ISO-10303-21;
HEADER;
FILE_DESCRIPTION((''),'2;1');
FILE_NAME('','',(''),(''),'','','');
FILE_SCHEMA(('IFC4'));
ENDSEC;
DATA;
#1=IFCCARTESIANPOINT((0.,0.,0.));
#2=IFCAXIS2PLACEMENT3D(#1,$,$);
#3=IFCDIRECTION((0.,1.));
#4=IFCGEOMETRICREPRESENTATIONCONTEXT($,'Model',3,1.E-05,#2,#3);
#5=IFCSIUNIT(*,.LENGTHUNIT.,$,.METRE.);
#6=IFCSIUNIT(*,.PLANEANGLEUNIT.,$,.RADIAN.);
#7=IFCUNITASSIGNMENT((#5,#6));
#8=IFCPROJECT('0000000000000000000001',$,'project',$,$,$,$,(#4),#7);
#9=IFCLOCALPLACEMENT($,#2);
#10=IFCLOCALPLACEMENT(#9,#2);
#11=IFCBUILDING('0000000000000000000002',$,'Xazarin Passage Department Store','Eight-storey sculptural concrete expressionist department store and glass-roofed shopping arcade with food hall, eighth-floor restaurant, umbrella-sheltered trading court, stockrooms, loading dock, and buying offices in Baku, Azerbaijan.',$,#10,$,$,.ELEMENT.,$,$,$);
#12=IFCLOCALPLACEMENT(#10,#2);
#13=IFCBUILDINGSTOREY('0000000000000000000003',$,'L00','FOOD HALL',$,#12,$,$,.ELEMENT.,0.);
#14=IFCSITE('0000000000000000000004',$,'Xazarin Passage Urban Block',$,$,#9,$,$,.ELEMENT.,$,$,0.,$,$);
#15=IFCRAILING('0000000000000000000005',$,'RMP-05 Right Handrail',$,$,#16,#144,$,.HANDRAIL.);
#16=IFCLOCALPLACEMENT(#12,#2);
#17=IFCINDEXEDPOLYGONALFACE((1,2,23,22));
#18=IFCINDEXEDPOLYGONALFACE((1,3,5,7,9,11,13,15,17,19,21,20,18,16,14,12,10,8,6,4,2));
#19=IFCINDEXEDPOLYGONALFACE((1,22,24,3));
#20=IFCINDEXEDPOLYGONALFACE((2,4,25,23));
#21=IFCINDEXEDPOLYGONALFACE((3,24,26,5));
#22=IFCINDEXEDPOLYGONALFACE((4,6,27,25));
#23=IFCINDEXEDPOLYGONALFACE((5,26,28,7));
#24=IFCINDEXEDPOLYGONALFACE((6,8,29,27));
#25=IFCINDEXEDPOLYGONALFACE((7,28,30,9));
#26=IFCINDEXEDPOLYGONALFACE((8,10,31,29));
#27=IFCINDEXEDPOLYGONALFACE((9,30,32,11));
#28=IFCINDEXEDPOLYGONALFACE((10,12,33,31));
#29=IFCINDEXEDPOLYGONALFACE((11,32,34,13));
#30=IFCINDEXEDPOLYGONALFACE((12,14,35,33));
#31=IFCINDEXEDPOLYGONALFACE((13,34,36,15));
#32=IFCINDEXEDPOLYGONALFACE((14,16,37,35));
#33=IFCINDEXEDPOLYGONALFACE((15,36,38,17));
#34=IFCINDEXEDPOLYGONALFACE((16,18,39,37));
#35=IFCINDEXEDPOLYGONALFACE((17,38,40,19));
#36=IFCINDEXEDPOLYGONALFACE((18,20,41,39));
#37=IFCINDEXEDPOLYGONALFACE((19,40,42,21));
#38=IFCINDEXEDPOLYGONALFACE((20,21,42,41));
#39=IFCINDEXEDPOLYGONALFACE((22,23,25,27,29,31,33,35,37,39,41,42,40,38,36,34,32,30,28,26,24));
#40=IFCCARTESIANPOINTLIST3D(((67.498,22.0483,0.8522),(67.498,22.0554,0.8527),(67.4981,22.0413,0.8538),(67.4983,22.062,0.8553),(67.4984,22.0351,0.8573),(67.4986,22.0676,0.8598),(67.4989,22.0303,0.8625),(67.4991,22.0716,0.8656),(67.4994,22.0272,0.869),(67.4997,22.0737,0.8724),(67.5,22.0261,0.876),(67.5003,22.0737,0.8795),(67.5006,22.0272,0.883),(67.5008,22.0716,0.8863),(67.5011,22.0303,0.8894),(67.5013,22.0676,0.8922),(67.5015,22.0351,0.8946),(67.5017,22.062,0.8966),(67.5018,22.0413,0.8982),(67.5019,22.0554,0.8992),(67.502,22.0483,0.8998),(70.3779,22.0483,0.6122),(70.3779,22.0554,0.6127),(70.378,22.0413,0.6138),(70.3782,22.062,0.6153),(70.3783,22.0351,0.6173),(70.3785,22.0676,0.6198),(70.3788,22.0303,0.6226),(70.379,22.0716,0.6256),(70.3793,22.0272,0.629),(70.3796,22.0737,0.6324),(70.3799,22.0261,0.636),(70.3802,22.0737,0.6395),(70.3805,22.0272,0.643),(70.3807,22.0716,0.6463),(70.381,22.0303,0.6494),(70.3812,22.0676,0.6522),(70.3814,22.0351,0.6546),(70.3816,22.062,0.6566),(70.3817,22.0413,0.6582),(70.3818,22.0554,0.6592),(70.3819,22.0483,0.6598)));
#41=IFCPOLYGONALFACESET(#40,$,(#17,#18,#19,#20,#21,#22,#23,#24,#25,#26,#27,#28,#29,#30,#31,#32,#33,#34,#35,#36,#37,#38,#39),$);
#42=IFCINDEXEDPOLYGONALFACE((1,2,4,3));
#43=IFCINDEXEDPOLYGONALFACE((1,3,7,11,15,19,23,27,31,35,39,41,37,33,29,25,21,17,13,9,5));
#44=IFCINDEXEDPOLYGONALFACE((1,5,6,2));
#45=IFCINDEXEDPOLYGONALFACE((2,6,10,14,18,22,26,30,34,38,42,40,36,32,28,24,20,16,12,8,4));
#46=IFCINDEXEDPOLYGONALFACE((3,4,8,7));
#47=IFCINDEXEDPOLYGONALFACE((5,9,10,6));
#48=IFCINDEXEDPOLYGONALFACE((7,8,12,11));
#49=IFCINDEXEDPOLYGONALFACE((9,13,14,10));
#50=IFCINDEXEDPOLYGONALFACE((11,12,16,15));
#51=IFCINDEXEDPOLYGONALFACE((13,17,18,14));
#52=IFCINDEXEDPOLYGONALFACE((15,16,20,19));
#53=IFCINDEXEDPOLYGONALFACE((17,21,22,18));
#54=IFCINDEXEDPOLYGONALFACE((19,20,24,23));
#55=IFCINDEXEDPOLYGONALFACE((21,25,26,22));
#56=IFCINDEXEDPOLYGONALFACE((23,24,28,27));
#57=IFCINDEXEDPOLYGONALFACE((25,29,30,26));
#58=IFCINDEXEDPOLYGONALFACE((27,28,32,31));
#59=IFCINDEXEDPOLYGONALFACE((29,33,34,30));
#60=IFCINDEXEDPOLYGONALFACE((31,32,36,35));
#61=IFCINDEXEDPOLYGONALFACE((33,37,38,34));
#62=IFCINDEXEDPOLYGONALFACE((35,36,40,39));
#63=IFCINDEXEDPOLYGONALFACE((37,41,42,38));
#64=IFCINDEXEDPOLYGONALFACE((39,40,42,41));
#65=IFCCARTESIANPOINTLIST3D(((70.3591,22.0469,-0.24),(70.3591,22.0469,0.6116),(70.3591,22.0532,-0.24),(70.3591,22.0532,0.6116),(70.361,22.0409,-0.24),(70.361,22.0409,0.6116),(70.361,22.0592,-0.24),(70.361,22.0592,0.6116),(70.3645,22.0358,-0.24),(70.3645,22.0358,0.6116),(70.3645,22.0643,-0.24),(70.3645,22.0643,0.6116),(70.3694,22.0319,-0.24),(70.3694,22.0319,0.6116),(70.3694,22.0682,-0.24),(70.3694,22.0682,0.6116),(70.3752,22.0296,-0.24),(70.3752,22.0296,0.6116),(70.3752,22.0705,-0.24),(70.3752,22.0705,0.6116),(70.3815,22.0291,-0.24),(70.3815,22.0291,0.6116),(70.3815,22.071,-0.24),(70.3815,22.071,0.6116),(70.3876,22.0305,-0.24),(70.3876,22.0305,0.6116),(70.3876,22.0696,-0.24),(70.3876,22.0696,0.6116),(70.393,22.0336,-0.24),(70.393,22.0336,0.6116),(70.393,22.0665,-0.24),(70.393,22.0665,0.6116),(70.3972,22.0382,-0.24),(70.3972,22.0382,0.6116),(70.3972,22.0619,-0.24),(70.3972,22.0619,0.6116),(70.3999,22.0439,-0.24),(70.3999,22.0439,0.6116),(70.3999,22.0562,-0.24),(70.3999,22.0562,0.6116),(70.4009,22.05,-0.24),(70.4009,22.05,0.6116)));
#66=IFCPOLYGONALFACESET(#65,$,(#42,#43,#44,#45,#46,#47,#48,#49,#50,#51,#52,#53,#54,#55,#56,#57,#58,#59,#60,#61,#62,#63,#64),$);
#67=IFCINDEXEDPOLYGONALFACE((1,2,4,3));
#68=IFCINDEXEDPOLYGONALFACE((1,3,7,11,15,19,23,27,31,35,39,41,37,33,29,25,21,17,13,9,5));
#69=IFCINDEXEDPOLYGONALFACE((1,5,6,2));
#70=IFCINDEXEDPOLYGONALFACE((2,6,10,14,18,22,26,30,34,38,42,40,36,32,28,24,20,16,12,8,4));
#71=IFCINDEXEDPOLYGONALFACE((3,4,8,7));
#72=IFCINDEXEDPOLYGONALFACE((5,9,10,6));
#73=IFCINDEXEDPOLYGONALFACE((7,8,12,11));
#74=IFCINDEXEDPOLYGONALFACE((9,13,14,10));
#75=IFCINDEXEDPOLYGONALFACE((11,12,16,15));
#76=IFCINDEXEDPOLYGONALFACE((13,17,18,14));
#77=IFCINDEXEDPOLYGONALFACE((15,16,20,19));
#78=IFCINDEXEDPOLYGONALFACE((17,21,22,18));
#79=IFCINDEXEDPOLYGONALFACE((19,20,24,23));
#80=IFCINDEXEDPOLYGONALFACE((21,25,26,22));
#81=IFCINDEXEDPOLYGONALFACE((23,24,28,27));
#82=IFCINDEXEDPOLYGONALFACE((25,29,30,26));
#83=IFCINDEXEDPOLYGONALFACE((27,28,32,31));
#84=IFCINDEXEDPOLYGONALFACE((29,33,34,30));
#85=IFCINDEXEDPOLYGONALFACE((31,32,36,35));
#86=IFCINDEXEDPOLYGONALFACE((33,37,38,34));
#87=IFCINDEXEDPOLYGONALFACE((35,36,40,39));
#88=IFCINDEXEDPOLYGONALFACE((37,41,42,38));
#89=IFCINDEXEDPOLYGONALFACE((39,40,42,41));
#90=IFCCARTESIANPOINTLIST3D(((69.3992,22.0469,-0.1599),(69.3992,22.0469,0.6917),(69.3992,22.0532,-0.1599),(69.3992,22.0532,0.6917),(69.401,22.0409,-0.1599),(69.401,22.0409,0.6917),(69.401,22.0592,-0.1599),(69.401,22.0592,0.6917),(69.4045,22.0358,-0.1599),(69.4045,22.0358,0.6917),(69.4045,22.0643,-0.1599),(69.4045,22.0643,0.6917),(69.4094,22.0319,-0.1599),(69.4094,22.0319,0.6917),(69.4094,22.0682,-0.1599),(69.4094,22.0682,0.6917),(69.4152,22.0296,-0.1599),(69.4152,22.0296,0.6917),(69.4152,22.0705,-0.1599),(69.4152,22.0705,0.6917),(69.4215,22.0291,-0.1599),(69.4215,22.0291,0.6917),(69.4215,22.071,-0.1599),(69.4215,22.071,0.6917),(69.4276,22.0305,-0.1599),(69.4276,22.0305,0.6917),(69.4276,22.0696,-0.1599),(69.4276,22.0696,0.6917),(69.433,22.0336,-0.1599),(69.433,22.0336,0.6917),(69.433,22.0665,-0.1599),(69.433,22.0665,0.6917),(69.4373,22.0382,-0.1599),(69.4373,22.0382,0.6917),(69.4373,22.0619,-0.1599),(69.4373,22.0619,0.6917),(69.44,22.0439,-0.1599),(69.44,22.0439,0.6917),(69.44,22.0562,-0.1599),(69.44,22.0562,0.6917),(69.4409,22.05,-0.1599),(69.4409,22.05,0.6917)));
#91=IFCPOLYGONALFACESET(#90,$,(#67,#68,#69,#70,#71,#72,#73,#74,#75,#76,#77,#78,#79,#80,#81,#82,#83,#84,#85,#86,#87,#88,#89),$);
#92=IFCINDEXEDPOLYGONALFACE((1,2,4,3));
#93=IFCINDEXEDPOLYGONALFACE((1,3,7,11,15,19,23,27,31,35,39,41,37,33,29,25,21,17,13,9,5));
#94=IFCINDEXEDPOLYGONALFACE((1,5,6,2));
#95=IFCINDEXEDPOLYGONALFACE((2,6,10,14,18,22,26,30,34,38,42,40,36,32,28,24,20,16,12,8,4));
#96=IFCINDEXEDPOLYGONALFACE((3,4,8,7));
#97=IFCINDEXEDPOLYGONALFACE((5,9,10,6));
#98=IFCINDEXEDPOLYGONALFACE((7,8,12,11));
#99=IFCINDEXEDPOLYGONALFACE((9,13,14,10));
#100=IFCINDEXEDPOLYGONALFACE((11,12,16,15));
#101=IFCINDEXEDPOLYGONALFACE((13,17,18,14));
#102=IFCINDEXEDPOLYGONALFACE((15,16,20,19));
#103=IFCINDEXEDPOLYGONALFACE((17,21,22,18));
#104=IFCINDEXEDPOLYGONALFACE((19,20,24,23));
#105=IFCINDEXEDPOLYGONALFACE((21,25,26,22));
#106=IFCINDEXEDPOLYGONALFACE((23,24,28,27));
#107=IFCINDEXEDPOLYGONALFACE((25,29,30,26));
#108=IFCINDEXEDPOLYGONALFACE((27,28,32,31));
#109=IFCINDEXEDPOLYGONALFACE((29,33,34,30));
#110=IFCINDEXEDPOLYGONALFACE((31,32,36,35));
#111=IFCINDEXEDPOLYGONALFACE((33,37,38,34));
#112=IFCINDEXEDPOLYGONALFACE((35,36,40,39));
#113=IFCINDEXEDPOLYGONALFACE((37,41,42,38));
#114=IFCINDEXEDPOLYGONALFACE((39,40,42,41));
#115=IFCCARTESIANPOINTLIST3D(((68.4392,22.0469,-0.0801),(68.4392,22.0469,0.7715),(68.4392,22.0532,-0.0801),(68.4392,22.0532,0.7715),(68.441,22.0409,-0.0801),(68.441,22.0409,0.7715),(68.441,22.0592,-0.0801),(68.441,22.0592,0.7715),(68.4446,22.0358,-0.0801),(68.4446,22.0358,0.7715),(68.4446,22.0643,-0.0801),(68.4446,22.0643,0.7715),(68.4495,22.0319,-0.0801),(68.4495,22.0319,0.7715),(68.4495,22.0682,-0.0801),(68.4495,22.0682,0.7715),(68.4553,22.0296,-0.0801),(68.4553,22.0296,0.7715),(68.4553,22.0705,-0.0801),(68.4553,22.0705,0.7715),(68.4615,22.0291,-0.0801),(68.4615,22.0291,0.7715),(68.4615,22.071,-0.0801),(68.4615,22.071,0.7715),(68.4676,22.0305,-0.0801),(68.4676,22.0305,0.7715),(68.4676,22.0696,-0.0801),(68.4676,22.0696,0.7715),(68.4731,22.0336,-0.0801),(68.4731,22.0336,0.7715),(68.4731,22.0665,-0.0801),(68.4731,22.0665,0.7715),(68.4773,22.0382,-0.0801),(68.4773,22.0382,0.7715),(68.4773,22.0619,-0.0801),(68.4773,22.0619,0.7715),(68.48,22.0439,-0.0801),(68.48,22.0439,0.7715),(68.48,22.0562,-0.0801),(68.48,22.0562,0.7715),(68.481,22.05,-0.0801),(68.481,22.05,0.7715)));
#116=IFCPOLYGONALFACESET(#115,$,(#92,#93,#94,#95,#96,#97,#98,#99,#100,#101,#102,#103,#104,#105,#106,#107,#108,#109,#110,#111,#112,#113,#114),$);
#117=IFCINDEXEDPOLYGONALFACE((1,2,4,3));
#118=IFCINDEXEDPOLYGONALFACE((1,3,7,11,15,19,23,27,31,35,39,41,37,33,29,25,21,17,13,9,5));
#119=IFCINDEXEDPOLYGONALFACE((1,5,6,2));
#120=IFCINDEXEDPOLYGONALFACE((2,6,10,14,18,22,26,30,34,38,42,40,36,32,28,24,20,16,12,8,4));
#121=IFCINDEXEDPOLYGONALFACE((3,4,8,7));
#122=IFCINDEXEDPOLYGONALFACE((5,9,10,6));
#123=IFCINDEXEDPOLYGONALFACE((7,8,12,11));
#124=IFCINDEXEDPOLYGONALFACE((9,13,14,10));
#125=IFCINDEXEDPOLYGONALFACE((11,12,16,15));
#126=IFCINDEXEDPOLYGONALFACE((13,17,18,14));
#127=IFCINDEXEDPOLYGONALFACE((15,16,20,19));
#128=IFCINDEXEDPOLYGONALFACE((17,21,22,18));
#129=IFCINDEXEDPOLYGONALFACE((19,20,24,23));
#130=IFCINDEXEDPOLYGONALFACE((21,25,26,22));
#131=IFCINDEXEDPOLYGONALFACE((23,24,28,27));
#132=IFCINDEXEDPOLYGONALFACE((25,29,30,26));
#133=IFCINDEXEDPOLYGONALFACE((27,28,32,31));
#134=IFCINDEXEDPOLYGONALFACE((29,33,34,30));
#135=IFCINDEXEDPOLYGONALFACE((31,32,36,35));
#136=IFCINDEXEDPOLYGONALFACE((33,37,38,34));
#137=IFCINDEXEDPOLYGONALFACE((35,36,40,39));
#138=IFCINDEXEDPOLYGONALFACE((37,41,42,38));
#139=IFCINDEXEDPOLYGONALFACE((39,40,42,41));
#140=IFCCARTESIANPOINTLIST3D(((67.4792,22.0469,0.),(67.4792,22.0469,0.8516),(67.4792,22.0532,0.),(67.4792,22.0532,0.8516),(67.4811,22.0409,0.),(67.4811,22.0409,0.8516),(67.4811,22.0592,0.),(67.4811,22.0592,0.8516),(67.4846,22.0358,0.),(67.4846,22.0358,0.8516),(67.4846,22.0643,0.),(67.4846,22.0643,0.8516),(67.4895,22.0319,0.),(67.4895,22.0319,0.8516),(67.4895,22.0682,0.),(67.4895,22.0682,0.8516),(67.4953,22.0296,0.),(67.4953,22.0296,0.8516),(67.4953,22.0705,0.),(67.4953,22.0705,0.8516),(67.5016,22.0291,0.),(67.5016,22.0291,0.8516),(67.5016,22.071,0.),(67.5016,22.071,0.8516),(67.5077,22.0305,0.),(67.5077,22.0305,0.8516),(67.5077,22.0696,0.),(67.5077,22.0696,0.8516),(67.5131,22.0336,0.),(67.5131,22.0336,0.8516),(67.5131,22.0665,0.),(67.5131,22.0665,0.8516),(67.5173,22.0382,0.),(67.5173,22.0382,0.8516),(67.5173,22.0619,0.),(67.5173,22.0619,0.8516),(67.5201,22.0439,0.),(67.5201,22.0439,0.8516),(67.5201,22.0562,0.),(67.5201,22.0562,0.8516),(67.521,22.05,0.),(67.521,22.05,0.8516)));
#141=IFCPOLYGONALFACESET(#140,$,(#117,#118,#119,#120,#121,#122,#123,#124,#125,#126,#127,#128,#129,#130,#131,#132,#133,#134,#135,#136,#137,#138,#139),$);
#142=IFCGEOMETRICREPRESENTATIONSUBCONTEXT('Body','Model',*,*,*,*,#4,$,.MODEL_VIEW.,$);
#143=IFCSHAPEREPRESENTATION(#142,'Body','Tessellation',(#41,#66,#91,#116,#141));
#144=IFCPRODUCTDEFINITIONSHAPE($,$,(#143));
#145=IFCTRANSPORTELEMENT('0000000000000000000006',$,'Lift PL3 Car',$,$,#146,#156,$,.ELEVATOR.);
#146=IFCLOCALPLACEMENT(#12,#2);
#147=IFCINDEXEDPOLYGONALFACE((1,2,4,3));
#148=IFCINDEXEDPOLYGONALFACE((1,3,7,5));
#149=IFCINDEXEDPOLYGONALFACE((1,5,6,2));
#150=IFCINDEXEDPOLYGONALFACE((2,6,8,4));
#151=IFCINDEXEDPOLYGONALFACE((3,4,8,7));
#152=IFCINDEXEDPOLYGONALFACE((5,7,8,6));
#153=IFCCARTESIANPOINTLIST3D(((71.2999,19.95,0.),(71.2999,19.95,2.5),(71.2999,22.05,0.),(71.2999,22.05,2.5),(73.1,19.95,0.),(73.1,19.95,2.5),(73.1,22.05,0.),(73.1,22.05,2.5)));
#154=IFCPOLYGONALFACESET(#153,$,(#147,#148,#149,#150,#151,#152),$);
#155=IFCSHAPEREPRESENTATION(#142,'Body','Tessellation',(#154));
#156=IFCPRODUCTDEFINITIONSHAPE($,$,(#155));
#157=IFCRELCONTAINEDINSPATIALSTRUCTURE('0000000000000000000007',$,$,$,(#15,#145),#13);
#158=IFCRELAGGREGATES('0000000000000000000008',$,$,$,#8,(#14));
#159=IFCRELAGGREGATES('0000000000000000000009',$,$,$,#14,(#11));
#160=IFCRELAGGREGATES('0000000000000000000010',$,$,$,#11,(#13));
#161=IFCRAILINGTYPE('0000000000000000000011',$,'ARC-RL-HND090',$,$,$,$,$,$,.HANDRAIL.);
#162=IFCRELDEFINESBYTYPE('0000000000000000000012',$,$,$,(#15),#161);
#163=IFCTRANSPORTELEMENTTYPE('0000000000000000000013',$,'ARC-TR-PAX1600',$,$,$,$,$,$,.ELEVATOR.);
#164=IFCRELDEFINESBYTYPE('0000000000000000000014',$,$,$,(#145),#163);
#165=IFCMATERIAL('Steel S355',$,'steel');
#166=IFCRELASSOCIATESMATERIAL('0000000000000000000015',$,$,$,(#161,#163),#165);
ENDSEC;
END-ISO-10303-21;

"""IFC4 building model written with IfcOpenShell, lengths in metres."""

from ifc_helpers import new_model, si_unit, direction, frame, origin, origin_2d, place, context, subcontext, project, spatial, rectangle, circle, extrude, material, type_object, element, save


model = new_model("IFC4")

# Units and contexts
model_context = context("Model", 3, precision=1e-05, world=origin(), true_north=direction((0.0, 1.0)))
body_context = subcontext(model_context, "Body", "Model", "MODEL_VIEW")
ifc_project = project(units=[si_unit("LENGTHUNIT", "METRE"), si_unit("PLANEANGLEUNIT", "RADIAN")], contexts=[model_context])

# Site, building, storey
site_placement = place(None, origin())
site = spatial("IfcSite", under=ifc_project, at=site_placement, Name="Xazarin Passage Urban Block", CompositionType="ELEMENT", RefElevation=0.0)
building_placement = place(site_placement, origin())
building = spatial("IfcBuilding", under=site, at=building_placement, Name="Xazarin Passage Department Store", Description="Eight-storey sculptural concrete expressionist department store and glass-roofed shopping arcade with food hall, eighth-floor restaurant, umbrella-sheltered trading court, stockrooms, loading dock, and buying offices in Baku, Azerbaijan.", CompositionType="ELEMENT")
storey_placement = place(building_placement, origin())
storey = spatial("IfcBuildingStorey", under=building, at=storey_placement, Name="L00", Description="FOOD HALL", CompositionType="ELEMENT", Elevation=0.0)

# Shared definitions
ifc_material_1 = material(Name="Steel S355", Category="steel")

# Railing
railing_type = type_object("IfcRailingType", Name="ARC-RL-HND090", PredefinedType="HANDRAIL", material=ifc_material_1)
for number, where, name in (
    (1, (70.3799, 22.05, -0.24), "RMP-05 Right Handrail"),
):
    element("IfcRailing", number, at=place(storey_placement, frame(where)), inside=storey, type_object=railing_type, Name=name, PredefinedType="HANDRAIL", context=body_context, shape_type="SweptSolid", body=[
        extrude(circle(Radius=0.0239, at=origin_2d()), frame((0.0, 0.0, 0.876), z_axis=(-0.996546, 0.0, 0.083045), x_axis=(0.0, -1.0, 0.0)), (0.0, 0.0, 1.0), 2.8899),
        extrude(circle(Radius=0.021, at=origin_2d()), origin(), (0.0, 0.0, 1.0), 0.8516),
        extrude(circle(Radius=0.021, at=origin_2d()), frame((-0.96, 0.0, 0.0801)), (0.0, 0.0, 1.0), 0.8516),
        extrude(circle(Radius=0.021, at=origin_2d()), frame((-1.9199, 0.0, 0.1599)), (0.0, 0.0, 1.0), 0.8516),
        extrude(circle(Radius=0.021, at=origin_2d()), frame((-2.8799, 0.0, 0.24)), (0.0, 0.0, 1.0), 0.8516),
    ])

# Transport element
transport_element_type = type_object("IfcTransportElementType", Name="ARC-TR-PAX1600", PredefinedType="ELEVATOR", material=ifc_material_1)
transport_element_placement = place(storey_placement, frame((72.2, 21.0, 0.0), z_axis=(0.0, 0.0, 1.0), x_axis=(1.0, 0.0, 0.0)))
element("IfcTransportElement", 2, at=transport_element_placement, inside=storey, type_object=transport_element_type, Name="Lift PL3 Car", PredefinedType="ELEVATOR", context=body_context, shape_type="SweptSolid", body=[
    extrude(rectangle(XDim=1.8, YDim=2.1001, at=origin_2d()), origin(), (0.0, 0.0, 1.0), 2.5),
])

save(model, "model.ifc")
